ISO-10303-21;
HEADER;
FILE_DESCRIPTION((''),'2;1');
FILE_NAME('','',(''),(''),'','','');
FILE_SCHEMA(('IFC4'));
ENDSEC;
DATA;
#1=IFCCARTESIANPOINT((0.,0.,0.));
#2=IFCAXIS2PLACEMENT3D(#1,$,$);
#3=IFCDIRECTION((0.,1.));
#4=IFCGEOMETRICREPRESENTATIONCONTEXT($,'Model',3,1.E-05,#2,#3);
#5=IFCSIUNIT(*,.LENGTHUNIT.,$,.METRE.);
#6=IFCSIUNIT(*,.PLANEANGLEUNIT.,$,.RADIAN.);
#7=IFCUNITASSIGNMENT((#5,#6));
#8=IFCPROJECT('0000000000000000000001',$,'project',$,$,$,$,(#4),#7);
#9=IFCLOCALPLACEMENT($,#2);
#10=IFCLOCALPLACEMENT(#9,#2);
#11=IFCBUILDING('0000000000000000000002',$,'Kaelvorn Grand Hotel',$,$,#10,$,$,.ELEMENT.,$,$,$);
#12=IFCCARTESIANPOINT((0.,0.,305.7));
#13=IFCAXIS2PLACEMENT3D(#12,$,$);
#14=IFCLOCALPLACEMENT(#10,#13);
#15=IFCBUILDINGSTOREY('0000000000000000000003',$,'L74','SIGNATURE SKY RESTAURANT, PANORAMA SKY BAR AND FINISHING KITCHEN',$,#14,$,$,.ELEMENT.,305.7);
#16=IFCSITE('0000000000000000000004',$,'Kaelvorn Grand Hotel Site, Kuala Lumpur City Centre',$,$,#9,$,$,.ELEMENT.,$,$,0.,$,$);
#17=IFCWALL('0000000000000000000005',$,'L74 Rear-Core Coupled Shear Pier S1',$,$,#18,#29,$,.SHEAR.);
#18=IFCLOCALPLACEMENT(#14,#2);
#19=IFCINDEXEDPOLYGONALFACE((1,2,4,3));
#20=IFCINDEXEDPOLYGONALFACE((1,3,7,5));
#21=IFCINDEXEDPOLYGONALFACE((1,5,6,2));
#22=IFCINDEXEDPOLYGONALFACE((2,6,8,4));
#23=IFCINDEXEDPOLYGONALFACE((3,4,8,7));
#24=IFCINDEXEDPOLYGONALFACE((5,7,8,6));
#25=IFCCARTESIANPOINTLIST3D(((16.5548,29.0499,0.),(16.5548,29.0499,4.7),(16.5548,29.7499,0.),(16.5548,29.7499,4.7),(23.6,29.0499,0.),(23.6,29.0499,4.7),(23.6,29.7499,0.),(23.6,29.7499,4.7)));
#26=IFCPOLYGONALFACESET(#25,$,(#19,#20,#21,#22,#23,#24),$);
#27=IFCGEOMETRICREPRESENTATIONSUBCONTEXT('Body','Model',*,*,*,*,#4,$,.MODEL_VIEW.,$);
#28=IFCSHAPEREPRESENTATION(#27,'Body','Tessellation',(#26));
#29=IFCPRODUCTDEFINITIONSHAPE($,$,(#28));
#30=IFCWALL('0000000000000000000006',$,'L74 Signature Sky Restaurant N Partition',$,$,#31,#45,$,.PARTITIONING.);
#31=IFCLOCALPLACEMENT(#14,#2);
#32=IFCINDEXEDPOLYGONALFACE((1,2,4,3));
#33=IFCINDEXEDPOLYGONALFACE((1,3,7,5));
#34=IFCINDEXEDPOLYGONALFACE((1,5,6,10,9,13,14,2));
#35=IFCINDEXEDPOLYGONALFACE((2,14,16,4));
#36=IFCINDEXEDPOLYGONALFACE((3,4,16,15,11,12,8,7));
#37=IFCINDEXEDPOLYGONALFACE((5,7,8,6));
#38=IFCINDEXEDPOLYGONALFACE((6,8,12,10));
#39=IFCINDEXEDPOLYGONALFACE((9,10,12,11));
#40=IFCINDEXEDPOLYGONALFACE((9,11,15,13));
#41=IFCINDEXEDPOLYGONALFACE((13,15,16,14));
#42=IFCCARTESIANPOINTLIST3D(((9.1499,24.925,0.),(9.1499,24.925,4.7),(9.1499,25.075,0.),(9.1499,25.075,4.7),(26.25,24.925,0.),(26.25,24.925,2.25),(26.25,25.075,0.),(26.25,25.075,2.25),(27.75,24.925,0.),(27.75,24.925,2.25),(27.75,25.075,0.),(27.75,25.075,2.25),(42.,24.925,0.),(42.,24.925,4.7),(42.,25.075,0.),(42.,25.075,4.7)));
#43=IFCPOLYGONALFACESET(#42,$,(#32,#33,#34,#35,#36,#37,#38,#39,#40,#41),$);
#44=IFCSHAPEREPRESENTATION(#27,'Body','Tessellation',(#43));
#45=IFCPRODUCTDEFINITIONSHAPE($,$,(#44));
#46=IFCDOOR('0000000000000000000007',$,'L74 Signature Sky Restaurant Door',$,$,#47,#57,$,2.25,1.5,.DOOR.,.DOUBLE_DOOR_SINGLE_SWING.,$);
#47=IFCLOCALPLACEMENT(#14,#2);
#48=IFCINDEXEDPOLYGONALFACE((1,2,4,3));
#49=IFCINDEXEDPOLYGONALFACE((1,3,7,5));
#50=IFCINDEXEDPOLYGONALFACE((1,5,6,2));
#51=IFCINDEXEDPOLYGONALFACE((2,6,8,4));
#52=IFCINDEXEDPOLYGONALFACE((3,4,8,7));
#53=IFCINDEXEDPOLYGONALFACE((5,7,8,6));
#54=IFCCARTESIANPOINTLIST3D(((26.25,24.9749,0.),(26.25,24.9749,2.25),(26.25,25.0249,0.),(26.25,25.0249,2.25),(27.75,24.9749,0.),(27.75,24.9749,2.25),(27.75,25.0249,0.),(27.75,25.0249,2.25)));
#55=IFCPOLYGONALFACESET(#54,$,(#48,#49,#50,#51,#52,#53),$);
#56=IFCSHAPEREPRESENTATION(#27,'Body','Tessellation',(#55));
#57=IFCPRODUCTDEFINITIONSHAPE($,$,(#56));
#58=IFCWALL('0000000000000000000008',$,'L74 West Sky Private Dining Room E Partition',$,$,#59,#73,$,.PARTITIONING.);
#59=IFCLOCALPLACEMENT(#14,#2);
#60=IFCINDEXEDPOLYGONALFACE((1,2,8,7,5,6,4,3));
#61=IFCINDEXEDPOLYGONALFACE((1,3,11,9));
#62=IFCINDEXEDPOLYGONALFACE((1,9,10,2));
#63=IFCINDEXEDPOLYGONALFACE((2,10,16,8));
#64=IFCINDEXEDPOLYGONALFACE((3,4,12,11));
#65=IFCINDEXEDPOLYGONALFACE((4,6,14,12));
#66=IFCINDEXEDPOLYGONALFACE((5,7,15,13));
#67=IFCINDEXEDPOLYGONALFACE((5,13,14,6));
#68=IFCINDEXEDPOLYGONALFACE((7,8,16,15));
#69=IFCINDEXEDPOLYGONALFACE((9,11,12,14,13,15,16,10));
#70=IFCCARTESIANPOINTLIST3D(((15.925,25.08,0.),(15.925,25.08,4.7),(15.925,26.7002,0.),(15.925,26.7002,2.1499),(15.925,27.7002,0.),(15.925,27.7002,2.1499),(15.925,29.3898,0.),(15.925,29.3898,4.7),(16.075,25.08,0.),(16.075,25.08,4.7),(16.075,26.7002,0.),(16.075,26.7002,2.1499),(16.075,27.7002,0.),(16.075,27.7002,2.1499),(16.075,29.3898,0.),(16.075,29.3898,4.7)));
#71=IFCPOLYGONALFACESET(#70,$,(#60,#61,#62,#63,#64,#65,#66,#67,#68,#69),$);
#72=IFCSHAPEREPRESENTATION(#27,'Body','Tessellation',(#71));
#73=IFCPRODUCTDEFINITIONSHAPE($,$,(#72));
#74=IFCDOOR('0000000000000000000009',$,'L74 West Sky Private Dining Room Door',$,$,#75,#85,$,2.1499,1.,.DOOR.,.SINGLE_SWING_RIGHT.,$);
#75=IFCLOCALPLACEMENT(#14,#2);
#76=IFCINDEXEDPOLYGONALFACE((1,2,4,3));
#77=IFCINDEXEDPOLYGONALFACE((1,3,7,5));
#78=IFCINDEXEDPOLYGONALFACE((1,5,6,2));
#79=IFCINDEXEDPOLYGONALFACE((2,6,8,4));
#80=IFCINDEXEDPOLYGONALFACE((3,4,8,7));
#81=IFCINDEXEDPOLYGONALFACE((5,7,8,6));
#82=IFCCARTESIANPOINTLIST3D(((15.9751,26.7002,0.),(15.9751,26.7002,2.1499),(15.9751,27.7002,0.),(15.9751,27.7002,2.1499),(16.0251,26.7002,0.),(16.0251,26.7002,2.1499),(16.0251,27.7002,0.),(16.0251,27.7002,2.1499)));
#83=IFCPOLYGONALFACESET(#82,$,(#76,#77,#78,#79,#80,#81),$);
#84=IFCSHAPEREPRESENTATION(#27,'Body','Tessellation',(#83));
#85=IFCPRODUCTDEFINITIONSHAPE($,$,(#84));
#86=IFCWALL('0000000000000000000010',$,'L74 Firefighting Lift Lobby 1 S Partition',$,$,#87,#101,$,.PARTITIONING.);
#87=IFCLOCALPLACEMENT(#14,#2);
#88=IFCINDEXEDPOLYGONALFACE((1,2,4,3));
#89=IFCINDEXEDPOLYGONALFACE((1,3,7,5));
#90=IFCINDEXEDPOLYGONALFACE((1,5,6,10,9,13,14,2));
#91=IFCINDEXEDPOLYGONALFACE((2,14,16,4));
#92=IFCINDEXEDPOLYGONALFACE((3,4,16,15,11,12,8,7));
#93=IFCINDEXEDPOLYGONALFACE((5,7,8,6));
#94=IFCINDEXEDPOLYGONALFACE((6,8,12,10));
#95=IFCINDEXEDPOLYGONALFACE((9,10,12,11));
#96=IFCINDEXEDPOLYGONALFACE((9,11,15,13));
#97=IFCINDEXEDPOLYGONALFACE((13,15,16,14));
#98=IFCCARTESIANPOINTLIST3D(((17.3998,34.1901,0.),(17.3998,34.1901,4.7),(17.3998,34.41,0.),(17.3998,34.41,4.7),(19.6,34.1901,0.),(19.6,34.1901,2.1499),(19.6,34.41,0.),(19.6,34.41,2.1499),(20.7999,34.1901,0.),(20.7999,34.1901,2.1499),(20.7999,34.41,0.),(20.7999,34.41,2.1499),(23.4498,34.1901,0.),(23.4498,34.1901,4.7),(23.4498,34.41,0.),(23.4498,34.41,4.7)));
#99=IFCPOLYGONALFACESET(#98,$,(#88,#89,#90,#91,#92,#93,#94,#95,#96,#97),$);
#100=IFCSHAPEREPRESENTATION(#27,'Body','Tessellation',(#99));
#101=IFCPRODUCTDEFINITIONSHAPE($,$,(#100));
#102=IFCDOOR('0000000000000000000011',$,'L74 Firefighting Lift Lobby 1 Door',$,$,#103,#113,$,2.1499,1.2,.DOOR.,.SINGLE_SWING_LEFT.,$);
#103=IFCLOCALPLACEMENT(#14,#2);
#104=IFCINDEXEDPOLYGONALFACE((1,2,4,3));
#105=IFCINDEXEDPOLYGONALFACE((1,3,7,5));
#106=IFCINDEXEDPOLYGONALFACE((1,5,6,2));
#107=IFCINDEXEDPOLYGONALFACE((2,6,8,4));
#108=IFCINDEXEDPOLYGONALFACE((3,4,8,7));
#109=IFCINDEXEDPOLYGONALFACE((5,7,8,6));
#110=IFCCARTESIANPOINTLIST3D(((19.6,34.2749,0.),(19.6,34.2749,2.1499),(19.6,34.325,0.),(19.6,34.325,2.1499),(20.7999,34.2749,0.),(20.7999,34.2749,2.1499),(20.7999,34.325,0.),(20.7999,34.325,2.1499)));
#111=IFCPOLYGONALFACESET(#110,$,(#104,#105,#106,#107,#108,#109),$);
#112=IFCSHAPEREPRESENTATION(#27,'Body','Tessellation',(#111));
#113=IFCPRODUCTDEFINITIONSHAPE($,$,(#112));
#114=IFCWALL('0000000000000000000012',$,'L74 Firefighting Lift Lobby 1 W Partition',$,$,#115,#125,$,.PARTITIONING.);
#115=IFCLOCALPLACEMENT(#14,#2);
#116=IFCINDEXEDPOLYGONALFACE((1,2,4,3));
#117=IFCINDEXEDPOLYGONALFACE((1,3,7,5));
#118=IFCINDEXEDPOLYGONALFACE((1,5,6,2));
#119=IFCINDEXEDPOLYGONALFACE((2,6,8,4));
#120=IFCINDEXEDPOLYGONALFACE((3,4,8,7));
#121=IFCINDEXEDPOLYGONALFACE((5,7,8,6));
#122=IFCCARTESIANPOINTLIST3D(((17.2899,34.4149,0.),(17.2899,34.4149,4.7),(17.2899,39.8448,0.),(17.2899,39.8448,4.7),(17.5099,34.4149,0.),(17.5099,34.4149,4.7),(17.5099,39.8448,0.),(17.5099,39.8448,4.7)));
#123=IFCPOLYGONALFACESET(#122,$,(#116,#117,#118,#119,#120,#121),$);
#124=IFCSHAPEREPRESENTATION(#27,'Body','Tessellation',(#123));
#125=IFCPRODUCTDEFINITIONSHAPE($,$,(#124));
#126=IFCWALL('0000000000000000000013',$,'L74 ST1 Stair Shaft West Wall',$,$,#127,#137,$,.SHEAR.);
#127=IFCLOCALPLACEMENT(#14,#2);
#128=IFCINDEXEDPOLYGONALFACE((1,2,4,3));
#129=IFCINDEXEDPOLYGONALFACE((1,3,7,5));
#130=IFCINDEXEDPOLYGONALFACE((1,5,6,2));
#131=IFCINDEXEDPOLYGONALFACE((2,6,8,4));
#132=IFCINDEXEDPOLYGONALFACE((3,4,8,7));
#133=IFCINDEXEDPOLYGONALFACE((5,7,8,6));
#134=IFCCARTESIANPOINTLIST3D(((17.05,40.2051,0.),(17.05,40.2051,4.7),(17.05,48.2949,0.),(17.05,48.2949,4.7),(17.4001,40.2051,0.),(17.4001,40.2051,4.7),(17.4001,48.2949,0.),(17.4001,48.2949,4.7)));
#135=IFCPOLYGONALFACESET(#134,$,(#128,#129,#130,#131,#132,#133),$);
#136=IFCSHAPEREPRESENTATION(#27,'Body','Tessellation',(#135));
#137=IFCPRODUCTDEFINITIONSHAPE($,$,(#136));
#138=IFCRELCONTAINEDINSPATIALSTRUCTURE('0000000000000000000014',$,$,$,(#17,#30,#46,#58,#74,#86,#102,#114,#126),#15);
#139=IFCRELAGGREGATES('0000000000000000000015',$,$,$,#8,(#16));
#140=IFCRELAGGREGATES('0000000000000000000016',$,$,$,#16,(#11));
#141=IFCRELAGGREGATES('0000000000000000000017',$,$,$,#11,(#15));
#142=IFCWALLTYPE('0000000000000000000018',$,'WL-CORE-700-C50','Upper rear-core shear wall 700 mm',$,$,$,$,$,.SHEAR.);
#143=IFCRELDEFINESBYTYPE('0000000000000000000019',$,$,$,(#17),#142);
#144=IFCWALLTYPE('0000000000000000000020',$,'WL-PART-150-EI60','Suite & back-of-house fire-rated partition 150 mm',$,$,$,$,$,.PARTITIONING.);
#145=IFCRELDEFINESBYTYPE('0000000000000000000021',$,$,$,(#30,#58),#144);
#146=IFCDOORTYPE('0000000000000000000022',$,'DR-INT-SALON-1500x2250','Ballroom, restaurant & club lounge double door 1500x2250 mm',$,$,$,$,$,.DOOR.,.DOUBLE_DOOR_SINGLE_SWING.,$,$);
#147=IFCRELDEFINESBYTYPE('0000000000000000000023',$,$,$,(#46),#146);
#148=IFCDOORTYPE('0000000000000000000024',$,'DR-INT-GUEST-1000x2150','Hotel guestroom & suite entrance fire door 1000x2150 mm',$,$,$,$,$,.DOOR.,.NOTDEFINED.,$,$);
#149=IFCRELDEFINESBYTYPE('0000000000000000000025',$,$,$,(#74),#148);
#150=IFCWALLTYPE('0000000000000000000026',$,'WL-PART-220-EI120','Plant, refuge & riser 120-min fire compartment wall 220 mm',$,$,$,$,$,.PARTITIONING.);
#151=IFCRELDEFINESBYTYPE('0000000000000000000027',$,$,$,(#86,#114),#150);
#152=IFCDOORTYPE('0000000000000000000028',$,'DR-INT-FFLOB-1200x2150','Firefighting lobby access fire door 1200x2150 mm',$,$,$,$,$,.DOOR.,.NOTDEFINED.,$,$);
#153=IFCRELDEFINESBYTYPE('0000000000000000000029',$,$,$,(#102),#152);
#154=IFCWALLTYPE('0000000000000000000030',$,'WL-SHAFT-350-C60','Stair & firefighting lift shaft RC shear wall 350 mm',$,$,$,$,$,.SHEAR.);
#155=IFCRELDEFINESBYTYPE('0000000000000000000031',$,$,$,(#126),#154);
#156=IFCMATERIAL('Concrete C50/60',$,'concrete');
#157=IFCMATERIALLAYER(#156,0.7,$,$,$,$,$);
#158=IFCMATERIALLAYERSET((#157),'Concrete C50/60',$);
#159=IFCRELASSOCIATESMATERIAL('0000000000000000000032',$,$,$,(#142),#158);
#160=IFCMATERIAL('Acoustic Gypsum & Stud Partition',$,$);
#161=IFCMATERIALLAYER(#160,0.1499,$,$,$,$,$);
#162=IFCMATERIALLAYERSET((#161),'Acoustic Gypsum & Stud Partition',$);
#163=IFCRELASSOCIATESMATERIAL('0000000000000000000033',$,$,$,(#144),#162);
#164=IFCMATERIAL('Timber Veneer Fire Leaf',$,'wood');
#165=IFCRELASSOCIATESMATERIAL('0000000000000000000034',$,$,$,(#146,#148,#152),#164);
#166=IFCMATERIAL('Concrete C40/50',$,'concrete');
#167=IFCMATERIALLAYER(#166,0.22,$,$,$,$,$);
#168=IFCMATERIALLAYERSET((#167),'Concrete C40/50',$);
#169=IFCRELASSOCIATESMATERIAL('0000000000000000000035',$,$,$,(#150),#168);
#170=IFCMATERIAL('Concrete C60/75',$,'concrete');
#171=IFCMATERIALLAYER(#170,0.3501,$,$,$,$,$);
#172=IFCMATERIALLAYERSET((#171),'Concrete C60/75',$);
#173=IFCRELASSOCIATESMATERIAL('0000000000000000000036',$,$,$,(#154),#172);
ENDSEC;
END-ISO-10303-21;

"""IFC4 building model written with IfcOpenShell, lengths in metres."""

from ifc_helpers import new_model, si_unit, direction, frame, frame_2d, origin, place, context, subcontext, project, spatial, rectangle, extrude, material, layer, layer_set, type_object, element, fill, save


model = new_model("IFC4")

# Units and contexts
model_context = context("Model", 3, precision=1e-05, world=origin(), true_north=direction((0.0, 1.0)))
body_context = subcontext(model_context, "Body", "Model", "MODEL_VIEW")
ifc_project = project(units=[si_unit("LENGTHUNIT", "METRE"), si_unit("PLANEANGLEUNIT", "RADIAN")], contexts=[model_context])

# Site, building, storey
site_placement = place(None, origin())
site = spatial("IfcSite", under=ifc_project, at=site_placement, Name="Kaelvorn Grand Hotel Site, Kuala Lumpur City Centre", CompositionType="ELEMENT", RefElevation=0.0)
building_placement = place(site_placement, origin())
building = spatial("IfcBuilding", under=site, at=building_placement, Name="Kaelvorn Grand Hotel", CompositionType="ELEMENT")
storey_placement = place(building_placement, frame((0.0, 0.0, 305.7)))
storey = spatial("IfcBuildingStorey", under=building, at=storey_placement, Name="L74", Description="SIGNATURE SKY RESTAURANT, PANORAMA SKY BAR AND FINISHING KITCHEN", CompositionType="ELEMENT", Elevation=305.7)

# Shared definitions
ifc_material_1 = material(Name="Concrete C50/60", Category="concrete")

# Wall
ifc_layer_1 = layer(ifc_material_1, 0.7)
ifc_layer_set_1 = layer_set([ifc_layer_1], Name="Concrete C50/60")
wall_type_1 = type_object("IfcWallType", Name="WL-CORE-700-C50", Description="Upper rear-core shear wall 700 mm", PredefinedType="SHEAR", material=ifc_layer_set_1)
wall_1_placement = place(storey_placement, frame((16.5549, 29.3999, 0.0), z_axis=(0.0, 0.0, 1.0), x_axis=(1.0, 0.0, 0.0)))
element("IfcWall", 1, at=wall_1_placement, inside=storey, type_object=wall_type_1, Name="L74 Rear-Core Coupled Shear Pier S1", PredefinedType="SHEAR", context=body_context, shape_type="SweptSolid", body=[
    extrude(rectangle(XDim=7.0452, YDim=0.7, at=frame_2d((3.5225, 0.0))), origin(), (0.0, 0.0, 1.0), 4.7),
])

# Walls, openings, doors
ifc_material_2 = material(Name="Acoustic Gypsum & Stud Partition")
ifc_layer_2 = layer(ifc_material_2, 0.1499)
ifc_layer_set_2 = layer_set([ifc_layer_2], Name="Acoustic Gypsum & Stud Partition")
wall_type_2 = type_object("IfcWallType", Name="WL-PART-150-EI60", Description="Suite & back-of-house fire-rated partition 150 mm", PredefinedType="PARTITIONING", material=ifc_layer_set_2)
wall_2_placement = place(storey_placement, frame((9.1499, 25.0, 0.0), z_axis=(0.0, 0.0, 1.0), x_axis=(1.0, 0.0, 0.0)))
wall_2 = element("IfcWall", 2, at=wall_2_placement, inside=storey, type_object=wall_type_2, Name="L74 Signature Sky Restaurant N Partition", PredefinedType="PARTITIONING", context=body_context, shape_type="SweptSolid", body=[
    extrude(rectangle(XDim=32.8501, YDim=0.1499, at=frame_2d((16.425, 0.0))), origin(), (0.0, 0.0, 1.0), 4.7),
])
opening_1_placement = place(wall_2_placement, frame((17.1001, 0.0, 0.0)))
opening_1 = element("IfcOpeningElement", 3, at=opening_1_placement, cuts=wall_2, PredefinedType="OPENING", context=body_context, shape_type="SweptSolid", body=[
    extrude(rectangle(XDim=1.5, YDim=2.25, at=frame_2d((0.75, 1.125))), frame((0.0, 0.085, 0.0), z_axis=(0.0, -1.0, 0.0), x_axis=(1.0, 0.0, 0.0)), (0.0, 0.0, 1.0), 0.1699),
])
ifc_material_3 = material(Name="Timber Veneer Fire Leaf", Category="wood")
door_type_1 = type_object("IfcDoorType", Name="DR-INT-SALON-1500x2250", Description="Ballroom, restaurant & club lounge double door 1500x2250 mm", OperationType="DOUBLE_DOOR_SINGLE_SWING", PredefinedType="DOOR", material=ifc_material_3)
door_1_placement = place(opening_1_placement, origin())
door_1 = element("IfcDoor", 4, at=door_1_placement, inside=storey, type_object=door_type_1, Name="L74 Signature Sky Restaurant Door", OperationType="DOUBLE_DOOR_SINGLE_SWING", OverallHeight=2.25, OverallWidth=1.5, PredefinedType="DOOR", context=body_context, shape_type="SweptSolid", body=[
    extrude(rectangle(XDim=1.5, YDim=2.25, at=frame_2d((0.75, 1.125))), frame((0.0, 0.0249, 0.0), z_axis=(0.0, -1.0, 0.0), x_axis=(1.0, 0.0, 0.0)), (0.0, 0.0, 1.0), 0.05),
])
fill(opening_1, door_1)
wall_3_placement = place(storey_placement, frame((16.0, 25.0801, 0.0), z_axis=(0.0, 0.0, 1.0), x_axis=(0.0, 1.0, 0.0)))
wall_3 = element("IfcWall", 5, at=wall_3_placement, inside=storey, type_object=wall_type_2, Name="L74 West Sky Private Dining Room E Partition", PredefinedType="PARTITIONING", context=body_context, shape_type="SweptSolid", body=[
    extrude(rectangle(XDim=4.3098, YDim=0.1499, at=frame_2d((2.1548, 0.0))), origin(), (0.0, 0.0, 1.0), 4.7),
])
opening_2_placement = place(wall_3_placement, frame((1.6201, 0.0, 0.0)))
opening_2 = element("IfcOpeningElement", 6, at=opening_2_placement, cuts=wall_3, PredefinedType="OPENING", context=body_context, shape_type="SweptSolid", body=[
    extrude(rectangle(XDim=1.0, YDim=2.1499, at=frame_2d((0.5, 1.075))), frame((0.0, 0.085, 0.0), z_axis=(0.0, -1.0, 0.0), x_axis=(1.0, 0.0, 0.0)), (0.0, 0.0, 1.0), 0.1699),
])
door_type_2 = type_object("IfcDoorType", Name="DR-INT-GUEST-1000x2150", Description="Hotel guestroom & suite entrance fire door 1000x2150 mm", OperationType="NOTDEFINED", PredefinedType="DOOR", material=ifc_material_3)
door_2_placement = place(opening_2_placement, origin())
door_2 = element("IfcDoor", 7, at=door_2_placement, inside=storey, type_object=door_type_2, Name="L74 West Sky Private Dining Room Door", OperationType="SINGLE_SWING_RIGHT", OverallHeight=2.1499, OverallWidth=1.0, PredefinedType="DOOR", context=body_context, shape_type="SweptSolid", body=[
    extrude(rectangle(XDim=1.0, YDim=2.1499, at=frame_2d((0.5, 1.075))), frame((0.0, 0.0249, 0.0), z_axis=(0.0, -1.0, 0.0), x_axis=(1.0, 0.0, 0.0)), (0.0, 0.0, 1.0), 0.05),
])
fill(opening_2, door_2)
ifc_material_4 = material(Name="Concrete C40/50", Category="concrete")
ifc_layer_3 = layer(ifc_material_4, 0.22)
ifc_layer_set_3 = layer_set([ifc_layer_3], Name="Concrete C40/50")
wall_type_3 = type_object("IfcWallType", Name="WL-PART-220-EI120", Description="Plant, refuge & riser 120-min fire compartment wall 220 mm", PredefinedType="PARTITIONING", material=ifc_layer_set_3)
wall_4_placement = place(storey_placement, frame((17.3999, 34.3, 0.0), z_axis=(0.0, 0.0, 1.0), x_axis=(1.0, 0.0, 0.0)))
wall_4 = element("IfcWall", 8, at=wall_4_placement, inside=storey, type_object=wall_type_3, Name="L74 Firefighting Lift Lobby 1 S Partition", PredefinedType="PARTITIONING", context=body_context, shape_type="SweptSolid", body=[
    extrude(rectangle(XDim=6.05, YDim=0.22, at=frame_2d((3.0249, 0.0))), origin(), (0.0, 0.0, 1.0), 4.7),
])
opening_3_placement = place(wall_4_placement, frame((2.2, 0.0, 0.0)))
opening_3 = element("IfcOpeningElement", 9, at=opening_3_placement, cuts=wall_4, PredefinedType="OPENING", context=body_context, shape_type="SweptSolid", body=[
    extrude(rectangle(XDim=1.2, YDim=2.1499, at=frame_2d((0.6001, 1.075))), frame((0.0, 0.1201, 0.0), z_axis=(0.0, -1.0, 0.0), x_axis=(1.0, 0.0, 0.0)), (0.0, 0.0, 1.0), 0.24),
])
door_type_3 = type_object("IfcDoorType", Name="DR-INT-FFLOB-1200x2150", Description="Firefighting lobby access fire door 1200x2150 mm", OperationType="NOTDEFINED", PredefinedType="DOOR", material=ifc_material_3)
door_3_placement = place(opening_3_placement, origin())
door_3 = element("IfcDoor", 10, at=door_3_placement, inside=storey, type_object=door_type_3, Name="L74 Firefighting Lift Lobby 1 Door", OperationType="SINGLE_SWING_LEFT", OverallHeight=2.1499, OverallWidth=1.2, PredefinedType="DOOR", context=body_context, shape_type="SweptSolid", body=[
    extrude(rectangle(XDim=1.2, YDim=2.1499, at=frame_2d((0.6001, 1.075))), frame((0.0, 0.0249, 0.0), z_axis=(0.0, -1.0, 0.0), x_axis=(1.0, 0.0, 0.0)), (0.0, 0.0, 1.0), 0.05),
])
fill(opening_3, door_3)

# Wall
wall_5_placement = place(storey_placement, frame((17.3999, 34.415, 0.0), z_axis=(0.0, 0.0, 1.0), x_axis=(0.0, 1.0, 0.0)))
element("IfcWall", 11, at=wall_5_placement, inside=storey, type_object=wall_type_3, Name="L74 Firefighting Lift Lobby 1 W Partition", PredefinedType="PARTITIONING", context=body_context, shape_type="SweptSolid", body=[
    extrude(rectangle(XDim=5.4299, YDim=0.22, at=frame_2d((2.7148, 0.0))), origin(), (0.0, 0.0, 1.0), 4.7),
])

# Shared definitions
ifc_material_5 = material(Name="Concrete C60/75", Category="concrete")
ifc_layer_4 = layer(ifc_material_5, 0.3501)
ifc_layer_set_4 = layer_set([ifc_layer_4], Name="Concrete C60/75")
wall_type_4 = type_object("IfcWallType", Name="WL-SHAFT-350-C60", Description="Stair & firefighting lift shaft RC shear wall 350 mm", PredefinedType="SHEAR", material=ifc_layer_set_4)

# Wall
wall_6_placement = place(storey_placement, frame((17.2251, 40.2051, 0.0), z_axis=(0.0, 0.0, 1.0), x_axis=(0.0, 1.0, 0.0)))
element("IfcWall", 12, at=wall_6_placement, inside=storey, type_object=wall_type_4, Name="L74 ST1 Stair Shaft West Wall", PredefinedType="SHEAR", context=body_context, shape_type="SweptSolid", body=[
    extrude(rectangle(XDim=8.0898, YDim=0.3501, at=frame_2d((4.0449, 0.0))), origin(), (0.0, 0.0, 1.0), 4.7),
])

save(model, "model.ifc")
